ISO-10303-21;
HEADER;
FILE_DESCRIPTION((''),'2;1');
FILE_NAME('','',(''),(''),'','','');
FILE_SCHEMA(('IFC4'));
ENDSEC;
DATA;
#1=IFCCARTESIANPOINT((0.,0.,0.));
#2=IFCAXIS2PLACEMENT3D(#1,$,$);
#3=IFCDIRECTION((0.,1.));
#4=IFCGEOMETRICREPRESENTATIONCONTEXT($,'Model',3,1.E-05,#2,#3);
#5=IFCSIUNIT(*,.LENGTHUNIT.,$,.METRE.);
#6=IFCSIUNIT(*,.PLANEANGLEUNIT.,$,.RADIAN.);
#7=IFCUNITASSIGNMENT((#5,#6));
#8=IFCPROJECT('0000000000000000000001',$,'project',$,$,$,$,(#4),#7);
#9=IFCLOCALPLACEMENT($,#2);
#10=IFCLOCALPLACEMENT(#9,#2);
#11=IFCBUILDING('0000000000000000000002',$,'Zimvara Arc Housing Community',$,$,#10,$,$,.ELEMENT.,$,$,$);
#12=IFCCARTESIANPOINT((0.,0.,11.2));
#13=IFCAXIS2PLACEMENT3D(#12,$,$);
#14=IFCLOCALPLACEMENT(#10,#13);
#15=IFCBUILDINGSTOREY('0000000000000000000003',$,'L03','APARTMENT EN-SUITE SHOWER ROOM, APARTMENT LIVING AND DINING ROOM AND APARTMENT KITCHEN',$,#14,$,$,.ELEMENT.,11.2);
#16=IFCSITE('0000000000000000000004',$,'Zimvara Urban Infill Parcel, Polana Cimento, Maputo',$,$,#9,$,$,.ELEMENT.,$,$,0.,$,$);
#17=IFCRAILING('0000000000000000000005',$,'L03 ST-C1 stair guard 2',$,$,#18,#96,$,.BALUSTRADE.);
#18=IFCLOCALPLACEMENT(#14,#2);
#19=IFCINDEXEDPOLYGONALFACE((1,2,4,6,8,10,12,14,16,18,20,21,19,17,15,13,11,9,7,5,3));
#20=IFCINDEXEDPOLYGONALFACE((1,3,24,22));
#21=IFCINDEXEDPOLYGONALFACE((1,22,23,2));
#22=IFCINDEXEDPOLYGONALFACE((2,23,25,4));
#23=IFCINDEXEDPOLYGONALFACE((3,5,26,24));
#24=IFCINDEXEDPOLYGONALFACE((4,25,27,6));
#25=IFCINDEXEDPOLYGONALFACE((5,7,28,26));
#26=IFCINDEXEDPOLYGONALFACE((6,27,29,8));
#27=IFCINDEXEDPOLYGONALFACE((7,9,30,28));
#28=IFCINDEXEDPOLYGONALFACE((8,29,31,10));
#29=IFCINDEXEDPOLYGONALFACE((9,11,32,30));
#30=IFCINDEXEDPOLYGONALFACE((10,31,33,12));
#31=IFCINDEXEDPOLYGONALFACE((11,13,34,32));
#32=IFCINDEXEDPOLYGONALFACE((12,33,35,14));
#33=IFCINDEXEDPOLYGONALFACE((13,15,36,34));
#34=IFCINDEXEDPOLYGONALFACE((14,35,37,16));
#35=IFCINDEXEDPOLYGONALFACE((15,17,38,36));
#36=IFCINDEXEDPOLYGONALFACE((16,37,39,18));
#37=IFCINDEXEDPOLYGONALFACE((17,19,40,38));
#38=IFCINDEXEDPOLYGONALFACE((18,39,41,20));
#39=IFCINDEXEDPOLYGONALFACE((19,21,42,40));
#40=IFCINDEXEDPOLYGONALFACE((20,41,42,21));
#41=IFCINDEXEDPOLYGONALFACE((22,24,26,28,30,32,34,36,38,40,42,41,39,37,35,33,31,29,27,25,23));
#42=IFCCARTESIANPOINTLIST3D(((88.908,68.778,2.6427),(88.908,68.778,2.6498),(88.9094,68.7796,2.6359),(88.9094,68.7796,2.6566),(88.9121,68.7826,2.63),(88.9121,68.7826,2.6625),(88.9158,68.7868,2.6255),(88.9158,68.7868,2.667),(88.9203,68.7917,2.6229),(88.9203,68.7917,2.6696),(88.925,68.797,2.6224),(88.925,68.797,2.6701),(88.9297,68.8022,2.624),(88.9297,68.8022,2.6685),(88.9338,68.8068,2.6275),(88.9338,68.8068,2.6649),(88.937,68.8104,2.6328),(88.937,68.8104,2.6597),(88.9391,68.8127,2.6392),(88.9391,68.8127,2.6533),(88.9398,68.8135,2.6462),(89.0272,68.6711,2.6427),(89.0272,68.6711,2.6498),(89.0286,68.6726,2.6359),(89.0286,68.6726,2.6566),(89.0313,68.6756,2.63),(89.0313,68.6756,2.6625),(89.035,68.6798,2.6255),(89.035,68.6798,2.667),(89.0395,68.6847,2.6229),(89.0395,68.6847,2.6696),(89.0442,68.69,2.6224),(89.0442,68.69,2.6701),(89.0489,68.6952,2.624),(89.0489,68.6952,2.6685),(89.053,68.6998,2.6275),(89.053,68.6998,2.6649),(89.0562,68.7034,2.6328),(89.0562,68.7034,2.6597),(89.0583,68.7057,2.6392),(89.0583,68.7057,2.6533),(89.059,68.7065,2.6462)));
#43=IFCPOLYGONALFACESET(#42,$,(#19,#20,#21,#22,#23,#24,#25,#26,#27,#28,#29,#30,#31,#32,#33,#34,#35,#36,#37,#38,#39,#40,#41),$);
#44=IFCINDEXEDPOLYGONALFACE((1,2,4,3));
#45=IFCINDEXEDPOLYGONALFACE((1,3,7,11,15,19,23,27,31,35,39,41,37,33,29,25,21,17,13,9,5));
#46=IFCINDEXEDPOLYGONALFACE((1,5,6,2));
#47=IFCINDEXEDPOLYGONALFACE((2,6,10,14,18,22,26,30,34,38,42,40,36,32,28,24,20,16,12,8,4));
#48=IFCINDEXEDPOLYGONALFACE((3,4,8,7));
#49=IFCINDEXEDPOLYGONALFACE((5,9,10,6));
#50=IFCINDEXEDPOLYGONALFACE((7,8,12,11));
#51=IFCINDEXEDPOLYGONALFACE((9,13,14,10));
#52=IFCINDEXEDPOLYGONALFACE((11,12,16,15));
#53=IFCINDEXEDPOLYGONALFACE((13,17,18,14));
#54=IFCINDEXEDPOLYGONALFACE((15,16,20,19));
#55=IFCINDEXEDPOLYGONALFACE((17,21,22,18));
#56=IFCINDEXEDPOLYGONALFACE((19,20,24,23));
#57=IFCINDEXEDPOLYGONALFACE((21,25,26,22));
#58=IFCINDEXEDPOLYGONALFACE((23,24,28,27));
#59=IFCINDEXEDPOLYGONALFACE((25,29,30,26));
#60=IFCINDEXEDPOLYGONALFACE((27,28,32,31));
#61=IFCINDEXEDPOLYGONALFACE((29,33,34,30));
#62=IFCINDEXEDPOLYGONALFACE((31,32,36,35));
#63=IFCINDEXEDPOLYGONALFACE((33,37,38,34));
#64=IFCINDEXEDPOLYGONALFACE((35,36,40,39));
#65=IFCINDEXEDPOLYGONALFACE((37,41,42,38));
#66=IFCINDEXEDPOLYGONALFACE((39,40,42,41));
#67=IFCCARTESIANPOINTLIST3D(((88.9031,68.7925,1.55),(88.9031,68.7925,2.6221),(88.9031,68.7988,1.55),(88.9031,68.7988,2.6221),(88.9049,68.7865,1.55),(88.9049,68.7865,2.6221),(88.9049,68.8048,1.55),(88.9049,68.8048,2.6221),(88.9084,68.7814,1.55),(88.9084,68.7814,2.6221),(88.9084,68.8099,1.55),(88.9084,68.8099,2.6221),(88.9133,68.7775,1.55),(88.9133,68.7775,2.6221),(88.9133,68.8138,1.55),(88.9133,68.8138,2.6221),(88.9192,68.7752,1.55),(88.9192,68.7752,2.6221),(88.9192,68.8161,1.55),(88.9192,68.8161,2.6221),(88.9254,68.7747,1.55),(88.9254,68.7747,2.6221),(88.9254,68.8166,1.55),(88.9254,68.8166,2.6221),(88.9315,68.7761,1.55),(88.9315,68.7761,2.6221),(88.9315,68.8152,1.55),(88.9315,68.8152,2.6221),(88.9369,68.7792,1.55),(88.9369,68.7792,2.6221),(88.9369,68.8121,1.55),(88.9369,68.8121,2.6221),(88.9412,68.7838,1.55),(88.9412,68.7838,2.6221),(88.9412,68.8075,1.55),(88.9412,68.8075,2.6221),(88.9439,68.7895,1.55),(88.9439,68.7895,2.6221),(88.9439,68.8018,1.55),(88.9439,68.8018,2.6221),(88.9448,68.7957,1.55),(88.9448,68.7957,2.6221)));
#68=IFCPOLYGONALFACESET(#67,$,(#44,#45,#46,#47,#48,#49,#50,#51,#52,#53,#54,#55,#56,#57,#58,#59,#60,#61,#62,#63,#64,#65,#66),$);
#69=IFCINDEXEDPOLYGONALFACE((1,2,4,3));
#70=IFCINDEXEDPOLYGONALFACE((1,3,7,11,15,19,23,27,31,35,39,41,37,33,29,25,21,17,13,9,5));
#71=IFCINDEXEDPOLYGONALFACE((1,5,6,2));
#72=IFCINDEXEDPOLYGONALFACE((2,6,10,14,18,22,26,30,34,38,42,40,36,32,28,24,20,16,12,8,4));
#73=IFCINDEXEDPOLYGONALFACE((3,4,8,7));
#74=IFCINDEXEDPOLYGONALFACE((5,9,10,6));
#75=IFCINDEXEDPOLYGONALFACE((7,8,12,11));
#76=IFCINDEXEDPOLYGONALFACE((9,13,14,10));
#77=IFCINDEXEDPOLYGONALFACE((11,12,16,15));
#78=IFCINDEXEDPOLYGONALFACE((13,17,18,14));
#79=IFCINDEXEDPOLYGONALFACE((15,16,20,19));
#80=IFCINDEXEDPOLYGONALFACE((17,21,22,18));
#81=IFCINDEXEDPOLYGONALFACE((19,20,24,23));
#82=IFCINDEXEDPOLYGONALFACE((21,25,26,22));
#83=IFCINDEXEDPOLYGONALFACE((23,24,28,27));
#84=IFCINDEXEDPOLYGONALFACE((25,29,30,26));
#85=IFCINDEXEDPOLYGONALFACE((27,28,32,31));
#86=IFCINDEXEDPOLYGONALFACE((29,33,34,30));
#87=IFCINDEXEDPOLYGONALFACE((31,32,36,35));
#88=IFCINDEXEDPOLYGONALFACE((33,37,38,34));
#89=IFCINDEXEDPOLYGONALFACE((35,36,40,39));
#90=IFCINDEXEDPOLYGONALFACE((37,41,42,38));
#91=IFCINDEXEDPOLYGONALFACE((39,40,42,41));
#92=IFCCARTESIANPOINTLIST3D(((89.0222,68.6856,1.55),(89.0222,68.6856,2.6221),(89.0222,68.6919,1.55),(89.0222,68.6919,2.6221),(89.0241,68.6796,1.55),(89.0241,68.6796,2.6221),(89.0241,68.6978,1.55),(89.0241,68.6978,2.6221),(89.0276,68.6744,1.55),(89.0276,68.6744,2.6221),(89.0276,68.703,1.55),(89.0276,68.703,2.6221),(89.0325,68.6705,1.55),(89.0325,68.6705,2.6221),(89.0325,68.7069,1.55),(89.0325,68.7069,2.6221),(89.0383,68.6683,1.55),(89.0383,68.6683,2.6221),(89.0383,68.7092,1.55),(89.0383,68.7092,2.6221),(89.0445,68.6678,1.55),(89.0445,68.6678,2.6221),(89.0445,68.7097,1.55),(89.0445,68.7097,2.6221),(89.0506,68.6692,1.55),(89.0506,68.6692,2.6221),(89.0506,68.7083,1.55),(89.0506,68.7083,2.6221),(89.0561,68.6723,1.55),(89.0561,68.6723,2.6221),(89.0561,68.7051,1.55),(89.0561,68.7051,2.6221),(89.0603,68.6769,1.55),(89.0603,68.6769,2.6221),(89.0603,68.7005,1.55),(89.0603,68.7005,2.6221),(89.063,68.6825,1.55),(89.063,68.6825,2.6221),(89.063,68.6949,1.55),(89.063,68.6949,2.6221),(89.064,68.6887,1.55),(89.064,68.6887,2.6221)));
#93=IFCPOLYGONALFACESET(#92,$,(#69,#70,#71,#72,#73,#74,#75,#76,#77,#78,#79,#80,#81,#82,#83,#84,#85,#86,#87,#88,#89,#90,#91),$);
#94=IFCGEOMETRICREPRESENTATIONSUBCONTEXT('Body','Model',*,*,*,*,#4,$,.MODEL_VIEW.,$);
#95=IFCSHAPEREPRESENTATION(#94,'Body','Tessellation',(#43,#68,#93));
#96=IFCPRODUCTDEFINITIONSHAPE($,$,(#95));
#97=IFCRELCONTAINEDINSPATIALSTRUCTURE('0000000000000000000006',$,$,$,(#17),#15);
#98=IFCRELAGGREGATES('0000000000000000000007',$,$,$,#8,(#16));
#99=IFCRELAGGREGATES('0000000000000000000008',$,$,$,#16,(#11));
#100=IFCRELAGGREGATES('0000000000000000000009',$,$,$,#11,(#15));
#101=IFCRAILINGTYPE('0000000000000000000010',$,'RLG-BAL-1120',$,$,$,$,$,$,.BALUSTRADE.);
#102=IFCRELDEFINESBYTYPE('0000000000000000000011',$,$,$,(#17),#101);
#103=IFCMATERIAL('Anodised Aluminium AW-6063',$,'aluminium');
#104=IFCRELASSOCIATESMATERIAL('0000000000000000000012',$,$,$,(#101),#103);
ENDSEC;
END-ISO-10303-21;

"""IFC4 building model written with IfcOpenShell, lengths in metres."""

from ifc_helpers import new_model, si_unit, direction, frame, origin, origin_2d, place, context, subcontext, project, spatial, circle, extrude, material, type_object, element, save


model = new_model("IFC4")

# Units and contexts
model_context = context("Model", 3, precision=1e-05, world=origin(), true_north=direction((0.0, 1.0)))
body_context = subcontext(model_context, "Body", "Model", "MODEL_VIEW")
ifc_project = project(units=[si_unit("LENGTHUNIT", "METRE"), si_unit("PLANEANGLEUNIT", "RADIAN")], contexts=[model_context])

# Site, building, storey
site_placement = place(None, origin())
site = spatial("IfcSite", under=ifc_project, at=site_placement, Name="Zimvara Urban Infill Parcel, Polana Cimento, Maputo", CompositionType="ELEMENT", RefElevation=0.0)
building_placement = place(site_placement, origin())
building = spatial("IfcBuilding", under=site, at=building_placement, Name="Zimvara Arc Housing Community", CompositionType="ELEMENT")
storey_placement = place(building_placement, frame((0.0, 0.0, 11.2)))
storey = spatial("IfcBuildingStorey", under=building, at=storey_placement, Name="L03", Description="APARTMENT EN-SUITE SHOWER ROOM, APARTMENT LIVING AND DINING ROOM AND APARTMENT KITCHEN", CompositionType="ELEMENT", Elevation=11.2)

# Railing
ifc_material_1 = material(Name="Anodised Aluminium AW-6063", Category="aluminium")
railing_type_1 = type_object("IfcRailingType", Name="RLG-BAL-1120", PredefinedType="BALUSTRADE", material=ifc_material_1)
railing_1_placement = place(storey_placement, frame((88.9238, 68.7957, 1.55)))
element("IfcRailing", 1, at=railing_1_placement, inside=storey, type_object=railing_type_1, Name="L03 ST-C1 stair guard 2", PredefinedType="BALUSTRADE", context=body_context, shape_type="SweptSolid", body=[
    extrude(circle(Radius=0.0239, at=origin_2d()), frame((0.0, 0.0, 1.0962), z_axis=(0.744203, -0.667953, 0.0), x_axis=(0.667953, 0.744203, 0.0)), (0.0, 0.0, 1.0), 0.1602),
    extrude(circle(Radius=0.021, at=origin_2d()), origin(), (0.0, 0.0, 1.0), 1.072),
    extrude(circle(Radius=0.021, at=origin_2d()), frame((0.1191, -0.1069, 0.0)), (0.0, 0.0, 1.0), 1.072),
])

save(model, "model.ifc")
